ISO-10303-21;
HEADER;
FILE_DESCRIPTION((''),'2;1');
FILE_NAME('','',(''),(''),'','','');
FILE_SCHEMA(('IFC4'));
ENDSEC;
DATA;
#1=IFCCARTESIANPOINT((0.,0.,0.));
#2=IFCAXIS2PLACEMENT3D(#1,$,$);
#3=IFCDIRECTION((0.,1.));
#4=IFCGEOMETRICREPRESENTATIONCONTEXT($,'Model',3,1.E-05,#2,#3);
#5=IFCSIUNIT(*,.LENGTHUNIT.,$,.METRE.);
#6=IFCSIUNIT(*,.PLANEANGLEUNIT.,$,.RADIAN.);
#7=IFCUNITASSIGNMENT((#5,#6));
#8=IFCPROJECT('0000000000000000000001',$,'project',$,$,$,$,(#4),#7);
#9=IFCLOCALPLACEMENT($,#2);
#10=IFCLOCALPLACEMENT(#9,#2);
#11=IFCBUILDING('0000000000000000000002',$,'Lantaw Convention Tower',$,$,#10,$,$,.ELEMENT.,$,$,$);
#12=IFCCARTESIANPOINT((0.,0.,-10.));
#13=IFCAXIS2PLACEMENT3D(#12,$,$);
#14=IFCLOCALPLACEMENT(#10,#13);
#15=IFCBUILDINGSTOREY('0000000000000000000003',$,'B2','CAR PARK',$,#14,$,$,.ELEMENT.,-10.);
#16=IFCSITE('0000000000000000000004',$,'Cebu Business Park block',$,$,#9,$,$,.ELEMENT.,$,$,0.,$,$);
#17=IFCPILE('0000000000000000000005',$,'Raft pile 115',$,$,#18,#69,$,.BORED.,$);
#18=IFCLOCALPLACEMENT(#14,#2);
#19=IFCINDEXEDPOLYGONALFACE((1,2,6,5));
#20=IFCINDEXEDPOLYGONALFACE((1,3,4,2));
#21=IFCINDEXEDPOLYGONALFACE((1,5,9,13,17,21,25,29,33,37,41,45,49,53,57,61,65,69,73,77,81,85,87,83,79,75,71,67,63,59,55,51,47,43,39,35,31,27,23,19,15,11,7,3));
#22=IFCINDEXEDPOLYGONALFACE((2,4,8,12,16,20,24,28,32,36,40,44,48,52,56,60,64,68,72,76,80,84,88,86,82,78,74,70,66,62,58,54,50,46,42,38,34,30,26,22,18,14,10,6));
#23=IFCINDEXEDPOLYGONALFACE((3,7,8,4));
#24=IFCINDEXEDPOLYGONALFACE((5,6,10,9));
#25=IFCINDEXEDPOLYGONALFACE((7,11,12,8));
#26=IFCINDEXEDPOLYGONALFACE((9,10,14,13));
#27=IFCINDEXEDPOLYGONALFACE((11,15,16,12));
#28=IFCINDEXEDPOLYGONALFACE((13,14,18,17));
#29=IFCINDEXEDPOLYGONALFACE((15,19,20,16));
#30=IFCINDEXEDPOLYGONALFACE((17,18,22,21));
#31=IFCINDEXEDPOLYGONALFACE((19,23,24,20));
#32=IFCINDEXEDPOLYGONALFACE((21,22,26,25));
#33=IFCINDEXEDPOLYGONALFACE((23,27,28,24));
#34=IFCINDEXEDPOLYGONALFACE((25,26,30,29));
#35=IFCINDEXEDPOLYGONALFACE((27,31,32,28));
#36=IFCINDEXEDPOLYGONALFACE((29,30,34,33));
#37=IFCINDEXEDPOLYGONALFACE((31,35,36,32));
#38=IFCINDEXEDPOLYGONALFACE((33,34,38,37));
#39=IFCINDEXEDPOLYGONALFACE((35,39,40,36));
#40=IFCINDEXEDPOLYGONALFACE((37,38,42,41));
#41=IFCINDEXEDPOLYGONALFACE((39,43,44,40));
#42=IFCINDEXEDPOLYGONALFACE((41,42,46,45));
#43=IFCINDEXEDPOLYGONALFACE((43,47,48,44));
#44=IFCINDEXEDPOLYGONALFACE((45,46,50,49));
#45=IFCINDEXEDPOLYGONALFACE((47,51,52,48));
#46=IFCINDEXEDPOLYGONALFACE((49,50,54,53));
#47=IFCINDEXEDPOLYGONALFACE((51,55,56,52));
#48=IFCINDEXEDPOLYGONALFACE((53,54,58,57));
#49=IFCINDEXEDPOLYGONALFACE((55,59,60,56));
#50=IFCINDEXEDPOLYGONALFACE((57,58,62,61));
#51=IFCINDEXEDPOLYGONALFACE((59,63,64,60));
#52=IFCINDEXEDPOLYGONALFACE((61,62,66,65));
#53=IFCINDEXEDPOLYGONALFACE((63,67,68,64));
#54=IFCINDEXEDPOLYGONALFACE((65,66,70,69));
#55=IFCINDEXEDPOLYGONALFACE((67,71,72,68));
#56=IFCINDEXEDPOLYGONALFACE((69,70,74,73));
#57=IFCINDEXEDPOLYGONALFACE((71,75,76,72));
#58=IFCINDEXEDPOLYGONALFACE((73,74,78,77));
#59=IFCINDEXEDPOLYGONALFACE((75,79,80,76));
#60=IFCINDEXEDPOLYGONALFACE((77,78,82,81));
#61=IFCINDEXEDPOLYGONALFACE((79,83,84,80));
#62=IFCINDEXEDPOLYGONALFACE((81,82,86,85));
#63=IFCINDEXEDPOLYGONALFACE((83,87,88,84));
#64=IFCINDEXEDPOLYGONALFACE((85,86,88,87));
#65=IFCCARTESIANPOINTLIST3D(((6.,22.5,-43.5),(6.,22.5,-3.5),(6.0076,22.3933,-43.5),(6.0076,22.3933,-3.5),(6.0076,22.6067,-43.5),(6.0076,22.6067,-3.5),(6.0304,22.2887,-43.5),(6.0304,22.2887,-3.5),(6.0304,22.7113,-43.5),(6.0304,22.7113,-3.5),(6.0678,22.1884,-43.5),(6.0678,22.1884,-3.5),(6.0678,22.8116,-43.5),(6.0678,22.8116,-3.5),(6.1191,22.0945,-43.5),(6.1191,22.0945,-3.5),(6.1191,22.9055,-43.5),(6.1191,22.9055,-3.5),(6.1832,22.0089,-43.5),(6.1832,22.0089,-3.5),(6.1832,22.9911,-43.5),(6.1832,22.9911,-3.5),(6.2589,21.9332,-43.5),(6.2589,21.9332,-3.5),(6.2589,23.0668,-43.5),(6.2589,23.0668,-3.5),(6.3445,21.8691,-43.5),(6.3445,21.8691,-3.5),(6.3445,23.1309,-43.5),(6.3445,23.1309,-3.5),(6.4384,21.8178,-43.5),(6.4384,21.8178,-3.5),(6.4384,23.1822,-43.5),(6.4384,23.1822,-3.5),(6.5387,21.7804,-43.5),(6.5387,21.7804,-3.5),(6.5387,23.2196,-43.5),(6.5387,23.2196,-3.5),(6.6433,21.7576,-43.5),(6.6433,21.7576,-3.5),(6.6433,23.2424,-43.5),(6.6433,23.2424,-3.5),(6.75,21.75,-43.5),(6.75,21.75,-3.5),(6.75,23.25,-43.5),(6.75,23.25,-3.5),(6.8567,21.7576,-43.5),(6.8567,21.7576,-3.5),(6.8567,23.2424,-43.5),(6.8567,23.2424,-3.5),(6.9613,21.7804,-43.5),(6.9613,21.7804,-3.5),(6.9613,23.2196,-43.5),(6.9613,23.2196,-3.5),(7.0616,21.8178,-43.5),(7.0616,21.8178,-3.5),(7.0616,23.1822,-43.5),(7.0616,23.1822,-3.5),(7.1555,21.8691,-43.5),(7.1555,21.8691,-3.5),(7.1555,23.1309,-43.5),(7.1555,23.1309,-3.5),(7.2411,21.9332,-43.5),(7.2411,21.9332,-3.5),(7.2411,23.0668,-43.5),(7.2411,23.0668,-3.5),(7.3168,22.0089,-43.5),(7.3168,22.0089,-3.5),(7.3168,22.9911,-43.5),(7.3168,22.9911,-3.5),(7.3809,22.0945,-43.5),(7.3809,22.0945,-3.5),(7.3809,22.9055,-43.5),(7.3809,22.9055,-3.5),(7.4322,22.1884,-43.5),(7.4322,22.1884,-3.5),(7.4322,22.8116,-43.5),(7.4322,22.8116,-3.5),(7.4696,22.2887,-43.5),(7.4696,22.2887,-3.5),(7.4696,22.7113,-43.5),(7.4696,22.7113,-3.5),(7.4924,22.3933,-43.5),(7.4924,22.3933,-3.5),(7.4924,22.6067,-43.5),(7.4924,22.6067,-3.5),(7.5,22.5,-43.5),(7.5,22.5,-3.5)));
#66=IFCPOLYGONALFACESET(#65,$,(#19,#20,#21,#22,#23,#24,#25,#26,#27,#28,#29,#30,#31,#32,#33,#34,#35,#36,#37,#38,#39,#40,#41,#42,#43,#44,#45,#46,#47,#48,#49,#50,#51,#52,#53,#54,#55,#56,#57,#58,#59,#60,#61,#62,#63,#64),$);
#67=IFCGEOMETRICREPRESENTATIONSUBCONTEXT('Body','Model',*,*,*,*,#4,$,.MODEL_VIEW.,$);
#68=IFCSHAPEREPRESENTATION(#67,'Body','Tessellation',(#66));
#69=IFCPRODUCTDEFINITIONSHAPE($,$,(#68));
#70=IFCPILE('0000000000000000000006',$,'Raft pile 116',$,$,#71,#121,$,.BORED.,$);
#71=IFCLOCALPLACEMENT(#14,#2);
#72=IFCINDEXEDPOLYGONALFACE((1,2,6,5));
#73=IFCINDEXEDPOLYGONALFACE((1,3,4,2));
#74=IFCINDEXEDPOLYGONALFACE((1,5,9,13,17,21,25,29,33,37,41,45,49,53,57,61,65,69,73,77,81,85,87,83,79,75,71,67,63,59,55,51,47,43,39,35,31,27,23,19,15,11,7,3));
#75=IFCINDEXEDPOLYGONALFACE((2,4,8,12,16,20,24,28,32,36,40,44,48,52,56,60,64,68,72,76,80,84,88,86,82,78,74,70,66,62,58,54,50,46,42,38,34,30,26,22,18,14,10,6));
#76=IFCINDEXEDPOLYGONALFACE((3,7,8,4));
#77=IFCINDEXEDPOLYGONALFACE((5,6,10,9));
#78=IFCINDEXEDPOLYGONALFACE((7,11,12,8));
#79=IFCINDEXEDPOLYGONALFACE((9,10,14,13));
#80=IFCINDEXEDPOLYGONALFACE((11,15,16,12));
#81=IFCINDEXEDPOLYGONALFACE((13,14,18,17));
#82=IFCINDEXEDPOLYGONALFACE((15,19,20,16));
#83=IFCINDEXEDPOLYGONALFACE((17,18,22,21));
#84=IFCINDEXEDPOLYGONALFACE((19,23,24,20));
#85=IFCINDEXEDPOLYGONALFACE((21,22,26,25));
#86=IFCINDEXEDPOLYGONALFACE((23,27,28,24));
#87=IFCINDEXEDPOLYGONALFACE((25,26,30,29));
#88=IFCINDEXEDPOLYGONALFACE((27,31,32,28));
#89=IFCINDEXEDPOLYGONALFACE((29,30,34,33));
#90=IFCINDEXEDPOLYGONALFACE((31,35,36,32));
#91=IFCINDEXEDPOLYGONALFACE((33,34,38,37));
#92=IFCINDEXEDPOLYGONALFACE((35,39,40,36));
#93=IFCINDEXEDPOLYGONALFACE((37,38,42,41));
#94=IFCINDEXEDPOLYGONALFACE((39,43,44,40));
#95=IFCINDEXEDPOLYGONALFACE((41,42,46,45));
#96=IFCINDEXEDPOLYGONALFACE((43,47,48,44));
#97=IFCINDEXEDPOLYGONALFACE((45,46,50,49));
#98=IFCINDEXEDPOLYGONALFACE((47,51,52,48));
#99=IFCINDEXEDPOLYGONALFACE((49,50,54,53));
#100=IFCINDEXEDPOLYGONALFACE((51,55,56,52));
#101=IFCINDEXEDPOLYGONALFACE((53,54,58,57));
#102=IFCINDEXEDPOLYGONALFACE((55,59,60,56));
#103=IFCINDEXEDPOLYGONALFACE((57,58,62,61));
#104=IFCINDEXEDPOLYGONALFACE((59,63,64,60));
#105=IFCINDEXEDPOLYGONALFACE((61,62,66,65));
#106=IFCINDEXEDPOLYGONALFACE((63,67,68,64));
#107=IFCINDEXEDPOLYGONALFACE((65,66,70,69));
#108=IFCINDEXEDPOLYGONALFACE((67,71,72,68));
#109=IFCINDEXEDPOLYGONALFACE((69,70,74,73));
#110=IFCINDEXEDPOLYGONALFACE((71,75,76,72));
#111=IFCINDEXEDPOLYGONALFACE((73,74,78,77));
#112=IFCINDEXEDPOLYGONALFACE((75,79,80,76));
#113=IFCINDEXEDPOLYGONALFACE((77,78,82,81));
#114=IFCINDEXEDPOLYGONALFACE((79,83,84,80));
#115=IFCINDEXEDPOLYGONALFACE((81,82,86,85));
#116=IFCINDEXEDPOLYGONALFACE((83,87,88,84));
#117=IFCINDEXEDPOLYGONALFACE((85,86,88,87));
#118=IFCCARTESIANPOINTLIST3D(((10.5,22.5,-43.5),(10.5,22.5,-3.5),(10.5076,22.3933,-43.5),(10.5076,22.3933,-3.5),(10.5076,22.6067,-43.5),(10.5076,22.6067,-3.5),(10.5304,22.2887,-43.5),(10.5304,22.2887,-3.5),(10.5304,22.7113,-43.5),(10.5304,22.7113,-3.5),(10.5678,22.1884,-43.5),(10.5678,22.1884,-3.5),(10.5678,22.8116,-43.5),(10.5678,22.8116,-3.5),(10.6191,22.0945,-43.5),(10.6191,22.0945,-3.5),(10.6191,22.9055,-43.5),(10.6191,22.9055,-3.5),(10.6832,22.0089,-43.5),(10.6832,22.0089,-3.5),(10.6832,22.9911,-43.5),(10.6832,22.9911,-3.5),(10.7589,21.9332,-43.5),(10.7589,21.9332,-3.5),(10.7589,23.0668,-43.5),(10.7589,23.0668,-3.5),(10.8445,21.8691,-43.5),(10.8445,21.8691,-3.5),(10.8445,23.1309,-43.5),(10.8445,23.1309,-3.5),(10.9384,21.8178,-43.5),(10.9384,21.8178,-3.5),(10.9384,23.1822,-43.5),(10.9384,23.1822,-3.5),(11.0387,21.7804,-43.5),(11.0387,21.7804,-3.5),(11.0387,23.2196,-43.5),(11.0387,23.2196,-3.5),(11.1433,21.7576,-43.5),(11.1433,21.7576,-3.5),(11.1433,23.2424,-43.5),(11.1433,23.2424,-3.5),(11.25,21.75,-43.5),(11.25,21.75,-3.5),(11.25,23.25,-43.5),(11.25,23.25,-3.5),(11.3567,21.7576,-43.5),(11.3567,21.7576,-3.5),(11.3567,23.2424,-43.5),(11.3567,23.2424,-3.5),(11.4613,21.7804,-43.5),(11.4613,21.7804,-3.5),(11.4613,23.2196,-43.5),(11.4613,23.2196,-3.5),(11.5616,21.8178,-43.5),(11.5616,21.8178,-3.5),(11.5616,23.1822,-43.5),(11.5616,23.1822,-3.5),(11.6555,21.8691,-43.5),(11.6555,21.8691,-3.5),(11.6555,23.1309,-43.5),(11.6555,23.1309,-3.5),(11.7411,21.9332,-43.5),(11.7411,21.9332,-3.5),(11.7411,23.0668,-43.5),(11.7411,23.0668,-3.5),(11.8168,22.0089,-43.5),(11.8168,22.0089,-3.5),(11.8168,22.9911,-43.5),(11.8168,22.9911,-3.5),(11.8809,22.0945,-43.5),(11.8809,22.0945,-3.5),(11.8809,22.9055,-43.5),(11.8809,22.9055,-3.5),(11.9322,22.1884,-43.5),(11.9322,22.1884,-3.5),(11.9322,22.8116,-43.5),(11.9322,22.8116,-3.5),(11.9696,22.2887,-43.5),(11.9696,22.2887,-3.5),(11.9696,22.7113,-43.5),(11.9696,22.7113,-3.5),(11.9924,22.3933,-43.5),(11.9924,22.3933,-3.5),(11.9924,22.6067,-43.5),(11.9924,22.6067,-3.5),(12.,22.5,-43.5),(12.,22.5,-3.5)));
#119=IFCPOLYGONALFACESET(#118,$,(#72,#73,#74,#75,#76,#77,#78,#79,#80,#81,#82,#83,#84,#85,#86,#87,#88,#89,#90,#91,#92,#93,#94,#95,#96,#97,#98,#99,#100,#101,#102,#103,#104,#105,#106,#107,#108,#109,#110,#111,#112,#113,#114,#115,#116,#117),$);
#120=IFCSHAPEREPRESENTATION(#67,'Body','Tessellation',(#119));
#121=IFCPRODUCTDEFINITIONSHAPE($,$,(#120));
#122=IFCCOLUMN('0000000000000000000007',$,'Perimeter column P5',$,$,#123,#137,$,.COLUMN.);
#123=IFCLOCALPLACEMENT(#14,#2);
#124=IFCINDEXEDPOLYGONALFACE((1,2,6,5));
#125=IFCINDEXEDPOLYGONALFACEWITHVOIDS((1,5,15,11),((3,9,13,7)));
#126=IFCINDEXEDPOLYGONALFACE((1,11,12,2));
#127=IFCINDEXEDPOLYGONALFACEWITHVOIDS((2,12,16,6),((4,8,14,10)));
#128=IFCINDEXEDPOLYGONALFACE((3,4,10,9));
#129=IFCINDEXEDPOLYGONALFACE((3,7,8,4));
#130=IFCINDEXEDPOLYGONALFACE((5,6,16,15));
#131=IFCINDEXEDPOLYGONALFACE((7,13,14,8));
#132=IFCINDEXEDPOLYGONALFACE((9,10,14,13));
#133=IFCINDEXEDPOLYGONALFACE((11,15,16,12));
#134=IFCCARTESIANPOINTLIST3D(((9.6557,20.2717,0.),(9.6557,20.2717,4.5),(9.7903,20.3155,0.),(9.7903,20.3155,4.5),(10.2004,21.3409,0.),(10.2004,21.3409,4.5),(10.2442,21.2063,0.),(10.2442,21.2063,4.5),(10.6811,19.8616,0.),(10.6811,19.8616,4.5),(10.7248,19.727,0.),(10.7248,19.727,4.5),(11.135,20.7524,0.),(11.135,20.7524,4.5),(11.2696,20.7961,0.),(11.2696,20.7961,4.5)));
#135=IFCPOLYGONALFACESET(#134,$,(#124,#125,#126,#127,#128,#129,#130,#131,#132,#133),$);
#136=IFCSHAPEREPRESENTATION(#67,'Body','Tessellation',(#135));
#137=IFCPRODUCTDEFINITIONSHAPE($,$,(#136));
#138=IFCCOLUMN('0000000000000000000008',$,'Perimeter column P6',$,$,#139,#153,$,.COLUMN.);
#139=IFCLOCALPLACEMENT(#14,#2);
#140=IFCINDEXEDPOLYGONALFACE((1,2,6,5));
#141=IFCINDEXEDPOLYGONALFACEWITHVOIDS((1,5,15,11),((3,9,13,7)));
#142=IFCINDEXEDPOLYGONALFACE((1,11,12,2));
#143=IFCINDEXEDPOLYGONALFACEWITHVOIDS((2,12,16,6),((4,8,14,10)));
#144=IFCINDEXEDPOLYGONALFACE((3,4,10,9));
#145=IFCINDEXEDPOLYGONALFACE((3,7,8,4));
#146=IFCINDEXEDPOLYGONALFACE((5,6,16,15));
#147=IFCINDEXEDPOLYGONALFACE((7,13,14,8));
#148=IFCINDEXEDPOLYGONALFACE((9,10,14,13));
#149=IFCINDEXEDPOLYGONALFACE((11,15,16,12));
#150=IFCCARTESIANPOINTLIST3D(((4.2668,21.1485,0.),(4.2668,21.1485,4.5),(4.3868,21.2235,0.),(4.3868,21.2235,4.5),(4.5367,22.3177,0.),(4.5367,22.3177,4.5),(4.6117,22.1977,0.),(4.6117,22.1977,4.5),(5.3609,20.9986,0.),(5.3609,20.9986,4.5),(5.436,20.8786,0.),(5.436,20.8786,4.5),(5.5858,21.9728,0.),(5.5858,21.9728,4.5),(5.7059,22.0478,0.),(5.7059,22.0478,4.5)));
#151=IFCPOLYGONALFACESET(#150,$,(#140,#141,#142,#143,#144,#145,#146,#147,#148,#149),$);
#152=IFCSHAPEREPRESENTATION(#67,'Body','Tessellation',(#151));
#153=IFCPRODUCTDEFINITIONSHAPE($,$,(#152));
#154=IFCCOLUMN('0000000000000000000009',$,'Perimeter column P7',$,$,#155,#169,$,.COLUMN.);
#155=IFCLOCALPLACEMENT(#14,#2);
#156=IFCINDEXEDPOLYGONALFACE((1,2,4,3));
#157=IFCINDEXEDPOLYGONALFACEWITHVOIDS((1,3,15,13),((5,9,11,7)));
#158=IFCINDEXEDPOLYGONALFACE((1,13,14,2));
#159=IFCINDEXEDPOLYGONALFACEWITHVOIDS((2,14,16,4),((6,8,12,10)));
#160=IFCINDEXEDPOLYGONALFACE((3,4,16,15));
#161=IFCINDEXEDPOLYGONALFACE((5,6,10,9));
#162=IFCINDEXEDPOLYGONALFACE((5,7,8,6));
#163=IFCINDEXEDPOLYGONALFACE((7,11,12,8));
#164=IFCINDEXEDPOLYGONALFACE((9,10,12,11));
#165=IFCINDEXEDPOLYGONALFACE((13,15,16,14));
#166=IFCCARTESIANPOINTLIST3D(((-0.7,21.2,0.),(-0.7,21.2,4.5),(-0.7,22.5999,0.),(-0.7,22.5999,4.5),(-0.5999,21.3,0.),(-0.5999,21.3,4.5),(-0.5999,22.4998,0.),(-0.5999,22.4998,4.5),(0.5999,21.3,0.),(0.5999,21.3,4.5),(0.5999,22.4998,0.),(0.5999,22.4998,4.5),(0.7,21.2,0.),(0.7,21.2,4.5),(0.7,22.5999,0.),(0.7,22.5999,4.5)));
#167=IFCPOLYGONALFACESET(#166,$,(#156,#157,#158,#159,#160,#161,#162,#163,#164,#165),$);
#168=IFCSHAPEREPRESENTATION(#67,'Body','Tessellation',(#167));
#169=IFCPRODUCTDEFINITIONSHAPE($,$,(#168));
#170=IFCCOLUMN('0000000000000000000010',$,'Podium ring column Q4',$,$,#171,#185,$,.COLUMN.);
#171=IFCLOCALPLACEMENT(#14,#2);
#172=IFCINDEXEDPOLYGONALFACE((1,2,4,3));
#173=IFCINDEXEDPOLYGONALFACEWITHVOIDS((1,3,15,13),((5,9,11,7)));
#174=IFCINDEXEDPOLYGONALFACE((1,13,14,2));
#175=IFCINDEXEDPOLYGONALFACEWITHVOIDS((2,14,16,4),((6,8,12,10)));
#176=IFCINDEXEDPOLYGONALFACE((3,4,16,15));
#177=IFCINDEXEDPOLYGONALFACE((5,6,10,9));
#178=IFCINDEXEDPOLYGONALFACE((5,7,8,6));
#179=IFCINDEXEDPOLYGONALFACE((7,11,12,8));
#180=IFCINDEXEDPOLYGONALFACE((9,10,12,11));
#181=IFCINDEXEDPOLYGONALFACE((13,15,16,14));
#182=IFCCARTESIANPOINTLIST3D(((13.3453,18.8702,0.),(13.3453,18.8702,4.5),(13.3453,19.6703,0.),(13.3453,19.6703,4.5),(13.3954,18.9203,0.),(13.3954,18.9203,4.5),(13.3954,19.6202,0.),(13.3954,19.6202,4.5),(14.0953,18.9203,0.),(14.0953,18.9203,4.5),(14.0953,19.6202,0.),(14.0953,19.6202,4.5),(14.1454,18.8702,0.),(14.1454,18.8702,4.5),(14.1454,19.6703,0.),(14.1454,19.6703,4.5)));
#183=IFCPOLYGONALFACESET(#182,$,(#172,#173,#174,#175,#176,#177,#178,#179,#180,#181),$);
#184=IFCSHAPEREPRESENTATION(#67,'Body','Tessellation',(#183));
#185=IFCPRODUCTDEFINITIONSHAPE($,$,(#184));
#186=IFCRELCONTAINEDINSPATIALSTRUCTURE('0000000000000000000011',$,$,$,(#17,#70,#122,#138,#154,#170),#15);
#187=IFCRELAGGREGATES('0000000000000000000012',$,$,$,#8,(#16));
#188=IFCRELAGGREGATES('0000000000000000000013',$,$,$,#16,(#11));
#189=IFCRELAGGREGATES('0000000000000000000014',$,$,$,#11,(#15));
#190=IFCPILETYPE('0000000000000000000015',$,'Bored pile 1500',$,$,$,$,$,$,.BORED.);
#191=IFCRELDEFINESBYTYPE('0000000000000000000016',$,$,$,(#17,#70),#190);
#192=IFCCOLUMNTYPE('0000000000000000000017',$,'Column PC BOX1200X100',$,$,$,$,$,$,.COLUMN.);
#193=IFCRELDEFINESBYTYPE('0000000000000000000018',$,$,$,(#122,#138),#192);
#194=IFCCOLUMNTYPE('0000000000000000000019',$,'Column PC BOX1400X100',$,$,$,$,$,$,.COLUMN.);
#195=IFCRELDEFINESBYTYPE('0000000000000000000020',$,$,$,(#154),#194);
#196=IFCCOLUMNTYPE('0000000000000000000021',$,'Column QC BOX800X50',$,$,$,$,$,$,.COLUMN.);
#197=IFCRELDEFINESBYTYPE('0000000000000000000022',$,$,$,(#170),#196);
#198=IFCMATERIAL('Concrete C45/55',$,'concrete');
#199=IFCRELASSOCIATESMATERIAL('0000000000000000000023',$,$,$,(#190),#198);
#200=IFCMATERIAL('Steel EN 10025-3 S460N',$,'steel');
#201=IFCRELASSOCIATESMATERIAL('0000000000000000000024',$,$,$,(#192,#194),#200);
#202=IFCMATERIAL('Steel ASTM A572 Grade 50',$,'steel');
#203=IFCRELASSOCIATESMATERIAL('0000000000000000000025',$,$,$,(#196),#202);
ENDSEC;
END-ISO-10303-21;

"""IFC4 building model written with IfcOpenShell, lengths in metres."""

from ifc_helpers import new_model, si_unit, direction, frame, origin, origin_2d, place, context, subcontext, project, spatial, rectangle, hollow_rectangle, circle, extrude, material, material_profile, profile_set, type_object, element, save


model = new_model("IFC4")

# Units and contexts
model_context = context("Model", 3, precision=1e-05, world=origin(), true_north=direction((0.0, 1.0)))
body_context = subcontext(model_context, "Body", "Model", "MODEL_VIEW")
ifc_project = project(units=[si_unit("LENGTHUNIT", "METRE"), si_unit("PLANEANGLEUNIT", "RADIAN")], contexts=[model_context])

# Site, building, storey
site_placement = place(None, origin())
site = spatial("IfcSite", under=ifc_project, at=site_placement, Name="Cebu Business Park block", CompositionType="ELEMENT", RefElevation=0.0)
building_placement = place(site_placement, origin())
building = spatial("IfcBuilding", under=site, at=building_placement, Name="Lantaw Convention Tower", CompositionType="ELEMENT")
storey_placement = place(building_placement, frame((0.0, 0.0, -10.0)))
storey = spatial("IfcBuildingStorey", under=building, at=storey_placement, Name="B2", Description="CAR PARK", CompositionType="ELEMENT", Elevation=-10.0)

# Piles
ifc_material_1 = material(Name="Concrete C45/55", Category="concrete")
ifc_material_profile_1 = material_profile(ifc_material_1, circle(Radius=0.75, at=origin_2d()), Name="Bored pile 1500")
ifc_profile_set_1 = profile_set([ifc_material_profile_1], Name="Concrete C45/55")
pile_type_1 = type_object("IfcPileType", Name="Bored pile 1500", PredefinedType="BORED", material=ifc_profile_set_1)
for number, where, z_axis, x_axis, name in (
    (1, (6.75, 22.5, -3.5), (0.0, 0.0, -1.0), (1.0, 0.0, 0.0), "Raft pile 115"),
    (2, (11.25, 22.5, -3.5), (0.0, 0.0, -1.0), (1.0, 0.0, 0.0), "Raft pile 116"),
):
    element("IfcPile", number, at=place(storey_placement, frame(where, z_axis=z_axis, x_axis=x_axis)), inside=storey, type_object=pile_type_1, Name=name, PredefinedType="BORED", context=body_context, shape_type="SweptSolid", body=[
        extrude(circle(Radius=0.75, at=origin_2d()), origin(), (0.0, 0.0, 1.0), 40.0),
    ])

# Columns
ifc_material_2 = material(Name="Steel EN 10025-3 S460N", Category="steel")
ifc_material_profile_2 = material_profile(ifc_material_2, hollow_rectangle(XDim=1.2, YDim=1.2, WallThickness=0.1001, at=origin_2d()), Name="BOX1200X100")
ifc_material_3 = material(Name="Concrete C60/75", Category="concrete")
ifc_material_profile_3 = material_profile(ifc_material_3, rectangle(XDim=1.0, YDim=1.0, at=origin_2d()), Name="Concrete fill of BOX1200X100")
ifc_profile_set_2 = profile_set([ifc_material_profile_2, ifc_material_profile_3], Name="Steel EN 10025-3 S460N")
column_type_1 = type_object("IfcColumnType", Name="Column PC BOX1200X100", PredefinedType="COLUMN", material=ifc_profile_set_2)
for number, where, z_axis, x_axis, name in (
    (3, (10.4626, 20.5339, 0.0), (0.0, 0.0, 1.0), (0.45399, 0.891007, 0.0), "Perimeter column P5"),
    (4, (4.9863, 21.5981, 0.0), (0.0, 0.0, 1.0), (0.224951, 0.97437, 0.0), "Perimeter column P6"),
):
    element("IfcColumn", number, at=place(storey_placement, frame(where, z_axis=z_axis, x_axis=x_axis)), inside=storey, type_object=column_type_1, Name=name, PredefinedType="COLUMN", context=body_context, shape_type="SweptSolid", body=[
        extrude(hollow_rectangle(XDim=1.2, YDim=1.2, WallThickness=0.1001, at=origin_2d()), origin(), (0.0, 0.0, 1.0), 4.5),
    ])
ifc_material_profile_4 = material_profile(ifc_material_2, hollow_rectangle(XDim=1.3999, YDim=1.3999, WallThickness=0.1001, at=origin_2d()), Name="BOX1400X100")
ifc_material_profile_5 = material_profile(ifc_material_3, rectangle(XDim=1.2, YDim=1.2, at=origin_2d()), Name="Concrete fill of BOX1400X100")
ifc_profile_set_3 = profile_set([ifc_material_profile_4, ifc_material_profile_5], Name="Steel EN 10025-3 S460N")
column_type_2 = type_object("IfcColumnType", Name="Column PC BOX1400X100", PredefinedType="COLUMN", material=ifc_profile_set_3)
column_placement = place(storey_placement, frame((0.0, 21.8999, 0.0), z_axis=(0.0, 0.0, 1.0), x_axis=(1.0, 0.0, 0.0)))
element("IfcColumn", 5, at=column_placement, inside=storey, type_object=column_type_2, Name="Perimeter column P7", PredefinedType="COLUMN", context=body_context, shape_type="SweptSolid", body=[
    extrude(hollow_rectangle(XDim=1.3999, YDim=1.3999, WallThickness=0.1001, at=origin_2d()), origin(), (0.0, 0.0, 1.0), 4.5),
])
ifc_material_4 = material(Name="Steel ASTM A572 Grade 50", Category="steel")
ifc_material_profile_6 = material_profile(ifc_material_4, hollow_rectangle(XDim=0.8, YDim=0.8, WallThickness=0.05, at=origin_2d()), Name="BOX800X50")
ifc_profile_set_4 = profile_set([ifc_material_profile_6], Name="Steel ASTM A572 Grade 50")
column_type_3 = type_object("IfcColumnType", Name="Column QC BOX800X50", PredefinedType="COLUMN", material=ifc_profile_set_4)
for number, where, z_axis, x_axis, name in (
    (6, (13.7454, 19.2703, 0.0), (0.0, 0.0, 1.0), (1.0, 0.0, 0.0), "Podium ring column Q4"),
):
    element("IfcColumn", number, at=place(storey_placement, frame(where, z_axis=z_axis, x_axis=x_axis)), inside=storey, type_object=column_type_3, Name=name, PredefinedType="COLUMN", context=body_context, shape_type="SweptSolid", body=[
        extrude(hollow_rectangle(XDim=0.8, YDim=0.8, WallThickness=0.05, at=origin_2d()), origin(), (0.0, 0.0, 1.0), 4.5),
    ])

save(model, "model.ifc")
